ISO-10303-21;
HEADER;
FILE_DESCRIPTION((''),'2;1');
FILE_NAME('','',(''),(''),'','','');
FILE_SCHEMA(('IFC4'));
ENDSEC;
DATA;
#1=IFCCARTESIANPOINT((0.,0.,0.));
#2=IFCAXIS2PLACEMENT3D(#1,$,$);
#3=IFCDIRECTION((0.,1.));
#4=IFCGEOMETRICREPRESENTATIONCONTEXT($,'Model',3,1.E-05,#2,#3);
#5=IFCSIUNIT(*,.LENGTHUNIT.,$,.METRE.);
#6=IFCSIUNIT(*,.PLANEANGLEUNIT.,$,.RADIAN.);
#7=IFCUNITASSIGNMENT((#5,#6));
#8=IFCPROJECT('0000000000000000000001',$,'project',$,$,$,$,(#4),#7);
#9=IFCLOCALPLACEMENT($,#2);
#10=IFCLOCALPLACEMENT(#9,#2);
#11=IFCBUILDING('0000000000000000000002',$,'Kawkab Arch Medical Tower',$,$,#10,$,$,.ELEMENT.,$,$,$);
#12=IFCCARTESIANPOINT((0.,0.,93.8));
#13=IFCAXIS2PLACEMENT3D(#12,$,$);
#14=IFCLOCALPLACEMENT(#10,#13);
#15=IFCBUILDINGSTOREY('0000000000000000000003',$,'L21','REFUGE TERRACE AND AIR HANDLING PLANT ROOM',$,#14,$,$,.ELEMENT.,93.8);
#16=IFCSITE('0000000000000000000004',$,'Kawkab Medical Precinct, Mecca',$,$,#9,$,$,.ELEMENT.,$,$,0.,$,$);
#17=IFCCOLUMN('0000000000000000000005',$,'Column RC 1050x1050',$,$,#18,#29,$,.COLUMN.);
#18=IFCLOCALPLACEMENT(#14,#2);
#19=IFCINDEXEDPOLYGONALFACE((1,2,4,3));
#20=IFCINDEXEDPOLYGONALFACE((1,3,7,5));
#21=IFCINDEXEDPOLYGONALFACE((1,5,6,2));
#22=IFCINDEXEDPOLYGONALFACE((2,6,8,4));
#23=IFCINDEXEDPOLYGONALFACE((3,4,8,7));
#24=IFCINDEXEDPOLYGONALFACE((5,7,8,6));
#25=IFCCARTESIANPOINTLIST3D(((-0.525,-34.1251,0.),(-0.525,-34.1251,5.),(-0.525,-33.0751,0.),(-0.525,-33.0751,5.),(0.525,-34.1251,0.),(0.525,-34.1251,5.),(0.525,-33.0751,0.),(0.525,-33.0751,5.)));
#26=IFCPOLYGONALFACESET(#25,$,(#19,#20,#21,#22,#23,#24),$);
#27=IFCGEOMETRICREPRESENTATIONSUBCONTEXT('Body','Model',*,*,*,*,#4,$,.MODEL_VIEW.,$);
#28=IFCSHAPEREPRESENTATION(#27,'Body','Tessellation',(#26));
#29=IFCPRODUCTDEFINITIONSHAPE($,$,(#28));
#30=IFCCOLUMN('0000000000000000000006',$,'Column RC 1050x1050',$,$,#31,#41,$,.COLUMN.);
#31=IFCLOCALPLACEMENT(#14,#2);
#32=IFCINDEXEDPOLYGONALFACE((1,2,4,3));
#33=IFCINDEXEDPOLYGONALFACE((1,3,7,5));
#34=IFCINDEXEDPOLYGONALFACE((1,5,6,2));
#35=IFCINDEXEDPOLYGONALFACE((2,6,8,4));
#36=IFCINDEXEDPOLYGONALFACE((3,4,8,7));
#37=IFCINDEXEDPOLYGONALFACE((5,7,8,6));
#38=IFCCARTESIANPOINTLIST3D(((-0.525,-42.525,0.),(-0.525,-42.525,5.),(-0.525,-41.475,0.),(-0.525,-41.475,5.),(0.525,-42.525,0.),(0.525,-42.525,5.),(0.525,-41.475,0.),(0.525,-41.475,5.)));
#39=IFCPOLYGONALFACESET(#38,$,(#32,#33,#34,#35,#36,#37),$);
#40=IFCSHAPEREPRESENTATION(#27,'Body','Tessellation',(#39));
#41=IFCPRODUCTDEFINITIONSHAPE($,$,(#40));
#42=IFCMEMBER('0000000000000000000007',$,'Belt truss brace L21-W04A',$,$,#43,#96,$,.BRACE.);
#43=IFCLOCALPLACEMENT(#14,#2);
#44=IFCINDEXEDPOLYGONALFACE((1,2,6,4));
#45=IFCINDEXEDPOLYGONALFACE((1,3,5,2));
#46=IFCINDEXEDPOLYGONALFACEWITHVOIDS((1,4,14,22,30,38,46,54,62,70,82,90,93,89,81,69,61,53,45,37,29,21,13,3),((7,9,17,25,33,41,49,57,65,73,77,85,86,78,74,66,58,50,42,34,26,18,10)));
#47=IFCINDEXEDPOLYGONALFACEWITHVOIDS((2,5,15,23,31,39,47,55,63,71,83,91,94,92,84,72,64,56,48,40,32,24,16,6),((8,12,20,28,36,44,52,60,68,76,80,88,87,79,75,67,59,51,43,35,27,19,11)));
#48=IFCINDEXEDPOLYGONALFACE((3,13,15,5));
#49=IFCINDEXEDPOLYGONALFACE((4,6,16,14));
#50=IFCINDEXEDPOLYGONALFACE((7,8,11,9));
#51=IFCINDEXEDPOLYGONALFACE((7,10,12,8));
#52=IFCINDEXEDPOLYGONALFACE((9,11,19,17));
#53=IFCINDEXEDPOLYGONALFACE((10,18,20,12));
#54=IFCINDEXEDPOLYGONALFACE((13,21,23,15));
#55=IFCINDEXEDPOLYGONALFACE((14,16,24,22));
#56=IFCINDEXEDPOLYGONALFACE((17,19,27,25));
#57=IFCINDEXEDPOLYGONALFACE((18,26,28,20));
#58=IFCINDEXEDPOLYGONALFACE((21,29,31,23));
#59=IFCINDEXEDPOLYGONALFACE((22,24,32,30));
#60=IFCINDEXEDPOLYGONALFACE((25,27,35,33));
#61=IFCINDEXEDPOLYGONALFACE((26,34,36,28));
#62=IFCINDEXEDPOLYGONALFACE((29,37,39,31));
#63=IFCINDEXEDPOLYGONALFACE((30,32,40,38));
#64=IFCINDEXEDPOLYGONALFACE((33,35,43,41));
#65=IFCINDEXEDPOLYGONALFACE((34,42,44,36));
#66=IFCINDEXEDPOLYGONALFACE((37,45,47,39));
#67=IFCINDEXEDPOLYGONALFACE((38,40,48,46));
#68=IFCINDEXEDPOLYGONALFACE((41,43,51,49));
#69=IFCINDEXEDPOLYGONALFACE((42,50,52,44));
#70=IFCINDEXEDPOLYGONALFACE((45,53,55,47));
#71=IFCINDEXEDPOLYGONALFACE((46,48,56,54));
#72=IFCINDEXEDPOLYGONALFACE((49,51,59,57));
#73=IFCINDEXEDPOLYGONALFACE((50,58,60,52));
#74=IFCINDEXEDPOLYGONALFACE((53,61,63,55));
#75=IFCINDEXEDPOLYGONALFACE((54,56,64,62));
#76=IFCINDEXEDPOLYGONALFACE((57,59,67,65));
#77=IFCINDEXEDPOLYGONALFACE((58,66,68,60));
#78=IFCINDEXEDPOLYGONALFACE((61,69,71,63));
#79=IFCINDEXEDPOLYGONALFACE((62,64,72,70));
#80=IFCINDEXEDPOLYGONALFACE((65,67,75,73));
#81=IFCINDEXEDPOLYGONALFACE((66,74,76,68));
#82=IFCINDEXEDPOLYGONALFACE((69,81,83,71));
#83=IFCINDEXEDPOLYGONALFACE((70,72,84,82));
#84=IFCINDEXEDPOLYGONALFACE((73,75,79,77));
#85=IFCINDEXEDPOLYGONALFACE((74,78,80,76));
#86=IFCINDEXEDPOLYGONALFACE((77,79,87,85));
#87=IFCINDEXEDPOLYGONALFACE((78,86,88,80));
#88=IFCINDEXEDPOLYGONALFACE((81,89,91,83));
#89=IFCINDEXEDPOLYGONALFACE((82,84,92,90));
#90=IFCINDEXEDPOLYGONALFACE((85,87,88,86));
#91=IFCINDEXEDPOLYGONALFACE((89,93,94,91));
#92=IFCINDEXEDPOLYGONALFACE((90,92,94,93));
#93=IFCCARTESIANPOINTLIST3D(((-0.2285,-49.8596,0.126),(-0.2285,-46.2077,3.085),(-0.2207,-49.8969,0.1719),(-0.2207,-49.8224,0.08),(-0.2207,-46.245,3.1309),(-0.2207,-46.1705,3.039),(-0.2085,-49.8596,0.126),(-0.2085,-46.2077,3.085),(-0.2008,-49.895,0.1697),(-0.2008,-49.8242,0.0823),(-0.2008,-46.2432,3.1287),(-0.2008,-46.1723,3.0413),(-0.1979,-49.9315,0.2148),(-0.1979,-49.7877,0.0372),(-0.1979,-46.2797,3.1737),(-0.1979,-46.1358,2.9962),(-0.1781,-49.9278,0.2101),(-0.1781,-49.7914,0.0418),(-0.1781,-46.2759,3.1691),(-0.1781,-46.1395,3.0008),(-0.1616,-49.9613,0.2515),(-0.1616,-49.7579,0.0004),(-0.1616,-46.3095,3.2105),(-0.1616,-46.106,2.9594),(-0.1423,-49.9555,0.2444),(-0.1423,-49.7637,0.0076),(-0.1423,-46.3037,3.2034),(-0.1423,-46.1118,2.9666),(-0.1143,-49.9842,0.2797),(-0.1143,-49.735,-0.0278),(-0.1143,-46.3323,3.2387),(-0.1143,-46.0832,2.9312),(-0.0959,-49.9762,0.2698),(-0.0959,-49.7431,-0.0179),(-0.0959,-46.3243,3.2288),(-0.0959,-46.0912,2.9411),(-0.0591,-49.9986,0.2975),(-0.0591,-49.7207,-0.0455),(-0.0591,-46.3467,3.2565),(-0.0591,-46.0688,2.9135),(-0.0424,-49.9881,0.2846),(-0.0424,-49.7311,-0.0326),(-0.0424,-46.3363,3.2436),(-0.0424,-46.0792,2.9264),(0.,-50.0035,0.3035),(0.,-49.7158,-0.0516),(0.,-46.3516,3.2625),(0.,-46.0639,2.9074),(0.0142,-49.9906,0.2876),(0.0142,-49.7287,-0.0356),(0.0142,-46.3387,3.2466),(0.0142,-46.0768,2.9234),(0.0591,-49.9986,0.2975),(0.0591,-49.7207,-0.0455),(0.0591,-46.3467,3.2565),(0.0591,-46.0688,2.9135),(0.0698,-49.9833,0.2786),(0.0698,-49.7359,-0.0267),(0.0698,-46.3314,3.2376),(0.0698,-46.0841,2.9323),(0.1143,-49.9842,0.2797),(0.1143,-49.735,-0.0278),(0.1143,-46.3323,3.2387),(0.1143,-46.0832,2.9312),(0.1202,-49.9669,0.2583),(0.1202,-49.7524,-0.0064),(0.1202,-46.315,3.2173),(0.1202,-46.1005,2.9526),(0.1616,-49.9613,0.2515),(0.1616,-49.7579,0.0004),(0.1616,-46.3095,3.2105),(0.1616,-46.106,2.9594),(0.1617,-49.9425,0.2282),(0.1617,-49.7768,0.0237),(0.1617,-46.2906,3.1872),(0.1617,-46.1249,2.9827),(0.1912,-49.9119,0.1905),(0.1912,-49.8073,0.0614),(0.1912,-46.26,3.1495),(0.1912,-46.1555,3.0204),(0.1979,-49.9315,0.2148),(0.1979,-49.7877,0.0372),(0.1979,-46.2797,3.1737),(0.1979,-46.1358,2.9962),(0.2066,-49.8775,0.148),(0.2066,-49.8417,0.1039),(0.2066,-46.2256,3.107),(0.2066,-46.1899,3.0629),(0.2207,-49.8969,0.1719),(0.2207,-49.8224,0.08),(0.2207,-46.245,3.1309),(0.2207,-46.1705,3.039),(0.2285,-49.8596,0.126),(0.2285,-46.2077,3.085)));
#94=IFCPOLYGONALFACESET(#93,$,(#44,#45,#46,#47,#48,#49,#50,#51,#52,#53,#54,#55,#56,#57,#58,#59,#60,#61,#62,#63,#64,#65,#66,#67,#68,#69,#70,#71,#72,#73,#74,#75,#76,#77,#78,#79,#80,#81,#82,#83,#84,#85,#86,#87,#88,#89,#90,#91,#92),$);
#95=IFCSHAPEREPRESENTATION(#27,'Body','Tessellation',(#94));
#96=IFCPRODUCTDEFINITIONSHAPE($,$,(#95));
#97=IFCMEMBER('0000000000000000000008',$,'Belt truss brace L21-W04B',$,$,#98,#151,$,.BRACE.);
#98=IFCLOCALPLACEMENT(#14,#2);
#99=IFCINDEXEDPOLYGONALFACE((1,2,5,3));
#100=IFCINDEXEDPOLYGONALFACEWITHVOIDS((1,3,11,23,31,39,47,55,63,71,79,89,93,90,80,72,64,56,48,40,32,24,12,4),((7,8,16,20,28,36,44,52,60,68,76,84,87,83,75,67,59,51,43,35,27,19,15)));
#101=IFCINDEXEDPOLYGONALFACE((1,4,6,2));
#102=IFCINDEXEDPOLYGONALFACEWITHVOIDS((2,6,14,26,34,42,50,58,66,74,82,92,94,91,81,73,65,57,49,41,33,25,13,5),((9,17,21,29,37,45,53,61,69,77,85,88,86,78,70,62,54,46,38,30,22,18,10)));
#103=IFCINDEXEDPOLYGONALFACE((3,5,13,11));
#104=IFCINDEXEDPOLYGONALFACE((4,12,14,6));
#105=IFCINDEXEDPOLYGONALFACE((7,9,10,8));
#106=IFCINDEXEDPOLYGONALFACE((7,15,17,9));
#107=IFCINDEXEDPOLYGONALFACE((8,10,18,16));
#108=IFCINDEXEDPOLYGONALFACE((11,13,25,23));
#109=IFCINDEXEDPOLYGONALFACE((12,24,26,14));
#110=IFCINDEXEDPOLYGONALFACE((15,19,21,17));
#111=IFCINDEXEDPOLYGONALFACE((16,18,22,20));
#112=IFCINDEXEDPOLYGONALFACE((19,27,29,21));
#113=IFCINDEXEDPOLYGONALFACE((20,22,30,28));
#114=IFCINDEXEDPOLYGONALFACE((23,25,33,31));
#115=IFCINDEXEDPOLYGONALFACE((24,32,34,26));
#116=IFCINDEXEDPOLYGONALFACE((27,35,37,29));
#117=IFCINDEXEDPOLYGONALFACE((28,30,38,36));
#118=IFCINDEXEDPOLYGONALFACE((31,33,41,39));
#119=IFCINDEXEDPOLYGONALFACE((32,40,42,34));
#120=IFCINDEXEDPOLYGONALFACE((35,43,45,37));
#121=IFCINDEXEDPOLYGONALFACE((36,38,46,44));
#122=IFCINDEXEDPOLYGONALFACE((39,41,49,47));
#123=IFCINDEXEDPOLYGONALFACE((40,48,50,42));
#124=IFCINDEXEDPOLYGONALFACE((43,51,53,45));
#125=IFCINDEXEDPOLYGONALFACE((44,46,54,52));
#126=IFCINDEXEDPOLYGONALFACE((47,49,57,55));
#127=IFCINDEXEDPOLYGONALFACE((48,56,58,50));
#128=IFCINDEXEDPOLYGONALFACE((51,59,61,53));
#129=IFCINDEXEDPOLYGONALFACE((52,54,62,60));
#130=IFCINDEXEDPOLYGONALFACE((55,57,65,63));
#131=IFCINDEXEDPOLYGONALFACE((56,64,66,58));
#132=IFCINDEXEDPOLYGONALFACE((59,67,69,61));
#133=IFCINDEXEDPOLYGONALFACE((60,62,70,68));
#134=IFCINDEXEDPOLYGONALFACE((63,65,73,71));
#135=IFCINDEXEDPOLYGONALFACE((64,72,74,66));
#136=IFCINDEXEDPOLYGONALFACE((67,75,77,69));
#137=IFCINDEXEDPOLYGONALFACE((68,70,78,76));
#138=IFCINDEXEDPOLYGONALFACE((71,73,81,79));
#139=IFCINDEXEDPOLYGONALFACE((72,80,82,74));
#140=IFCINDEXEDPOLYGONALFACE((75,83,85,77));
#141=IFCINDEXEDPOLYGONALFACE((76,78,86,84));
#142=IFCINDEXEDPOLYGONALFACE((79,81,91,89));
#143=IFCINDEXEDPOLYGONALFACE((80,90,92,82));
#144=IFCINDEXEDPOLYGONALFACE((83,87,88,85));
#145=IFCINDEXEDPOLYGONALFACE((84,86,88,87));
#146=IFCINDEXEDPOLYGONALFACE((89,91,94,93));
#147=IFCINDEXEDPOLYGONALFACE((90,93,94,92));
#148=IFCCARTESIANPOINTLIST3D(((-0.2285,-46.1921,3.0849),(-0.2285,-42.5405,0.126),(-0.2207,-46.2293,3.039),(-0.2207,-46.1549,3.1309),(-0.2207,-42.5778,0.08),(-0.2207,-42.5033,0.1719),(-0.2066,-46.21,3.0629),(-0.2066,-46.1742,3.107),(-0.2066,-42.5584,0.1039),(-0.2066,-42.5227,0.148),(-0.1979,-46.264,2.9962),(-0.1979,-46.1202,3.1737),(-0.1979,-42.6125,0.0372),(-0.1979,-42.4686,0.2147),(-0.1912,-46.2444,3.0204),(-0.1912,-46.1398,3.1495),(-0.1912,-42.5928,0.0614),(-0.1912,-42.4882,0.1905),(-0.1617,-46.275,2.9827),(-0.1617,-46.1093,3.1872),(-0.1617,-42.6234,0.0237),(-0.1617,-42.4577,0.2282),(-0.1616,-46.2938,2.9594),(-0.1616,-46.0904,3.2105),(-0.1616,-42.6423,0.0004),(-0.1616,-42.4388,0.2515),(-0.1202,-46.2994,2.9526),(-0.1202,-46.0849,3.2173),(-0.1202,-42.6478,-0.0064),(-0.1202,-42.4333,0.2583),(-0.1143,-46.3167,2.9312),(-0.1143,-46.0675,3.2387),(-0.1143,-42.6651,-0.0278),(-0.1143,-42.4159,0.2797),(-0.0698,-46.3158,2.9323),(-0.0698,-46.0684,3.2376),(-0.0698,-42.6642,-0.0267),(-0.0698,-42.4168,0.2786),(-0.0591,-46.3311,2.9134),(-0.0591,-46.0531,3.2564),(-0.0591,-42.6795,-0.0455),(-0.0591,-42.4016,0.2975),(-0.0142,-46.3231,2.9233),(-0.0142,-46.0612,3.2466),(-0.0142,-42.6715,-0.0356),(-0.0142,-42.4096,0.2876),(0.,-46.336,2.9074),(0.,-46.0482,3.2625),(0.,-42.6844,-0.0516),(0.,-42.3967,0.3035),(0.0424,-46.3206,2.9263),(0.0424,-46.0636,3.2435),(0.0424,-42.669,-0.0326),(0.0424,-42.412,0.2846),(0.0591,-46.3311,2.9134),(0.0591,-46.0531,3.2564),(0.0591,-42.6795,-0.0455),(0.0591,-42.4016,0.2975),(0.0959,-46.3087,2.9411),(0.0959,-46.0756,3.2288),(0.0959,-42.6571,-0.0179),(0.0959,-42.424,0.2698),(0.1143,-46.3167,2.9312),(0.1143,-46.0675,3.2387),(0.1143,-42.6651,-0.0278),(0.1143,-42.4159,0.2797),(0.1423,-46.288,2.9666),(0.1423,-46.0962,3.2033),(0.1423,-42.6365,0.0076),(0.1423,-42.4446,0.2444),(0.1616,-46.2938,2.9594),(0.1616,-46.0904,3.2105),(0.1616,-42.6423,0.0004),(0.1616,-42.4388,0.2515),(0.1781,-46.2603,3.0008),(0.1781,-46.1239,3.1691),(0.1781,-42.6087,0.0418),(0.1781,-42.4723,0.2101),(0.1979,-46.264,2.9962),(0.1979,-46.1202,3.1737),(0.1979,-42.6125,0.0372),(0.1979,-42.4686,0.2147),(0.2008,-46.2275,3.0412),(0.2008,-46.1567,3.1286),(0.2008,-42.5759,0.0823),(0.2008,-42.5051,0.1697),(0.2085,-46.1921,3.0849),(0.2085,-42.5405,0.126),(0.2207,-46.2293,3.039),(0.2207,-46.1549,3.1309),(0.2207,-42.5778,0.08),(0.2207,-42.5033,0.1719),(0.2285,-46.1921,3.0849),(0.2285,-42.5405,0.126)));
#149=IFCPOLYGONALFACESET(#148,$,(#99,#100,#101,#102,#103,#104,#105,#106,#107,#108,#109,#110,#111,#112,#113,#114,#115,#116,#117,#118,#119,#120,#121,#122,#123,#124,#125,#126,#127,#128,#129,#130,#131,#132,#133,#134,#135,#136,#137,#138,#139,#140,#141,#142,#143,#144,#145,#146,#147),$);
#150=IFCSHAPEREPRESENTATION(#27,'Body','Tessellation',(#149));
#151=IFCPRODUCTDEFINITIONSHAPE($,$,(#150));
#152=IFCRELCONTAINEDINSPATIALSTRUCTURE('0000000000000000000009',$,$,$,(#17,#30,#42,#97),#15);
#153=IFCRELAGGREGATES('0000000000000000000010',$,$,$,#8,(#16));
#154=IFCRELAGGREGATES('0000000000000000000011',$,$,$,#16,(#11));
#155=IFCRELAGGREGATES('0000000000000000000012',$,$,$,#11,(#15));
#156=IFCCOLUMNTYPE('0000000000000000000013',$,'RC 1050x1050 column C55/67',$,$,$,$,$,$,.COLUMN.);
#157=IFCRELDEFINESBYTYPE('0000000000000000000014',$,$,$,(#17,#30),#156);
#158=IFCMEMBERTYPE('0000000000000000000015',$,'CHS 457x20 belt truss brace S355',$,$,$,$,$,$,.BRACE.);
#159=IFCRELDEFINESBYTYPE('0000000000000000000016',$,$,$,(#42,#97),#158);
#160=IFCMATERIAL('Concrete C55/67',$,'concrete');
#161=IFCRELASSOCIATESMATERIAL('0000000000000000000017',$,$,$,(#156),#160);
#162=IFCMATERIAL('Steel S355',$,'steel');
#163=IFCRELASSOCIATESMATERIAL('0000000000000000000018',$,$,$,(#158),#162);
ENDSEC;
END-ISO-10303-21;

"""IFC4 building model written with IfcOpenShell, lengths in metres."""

from ifc_helpers import new_model, si_unit, direction, frame, origin, origin_2d, place, context, subcontext, project, spatial, rectangle, hollow_circle, extrude, material, material_profile, profile_set, type_object, element, save


model = new_model("IFC4")

# Units and contexts
model_context = context("Model", 3, precision=1e-05, world=origin(), true_north=direction((0.0, 1.0)))
body_context = subcontext(model_context, "Body", "Model", "MODEL_VIEW")
ifc_project = project(units=[si_unit("LENGTHUNIT", "METRE"), si_unit("PLANEANGLEUNIT", "RADIAN")], contexts=[model_context])

# Site, building, storey
site_placement = place(None, origin())
site = spatial("IfcSite", under=ifc_project, at=site_placement, Name="Kawkab Medical Precinct, Mecca", CompositionType="ELEMENT", RefElevation=0.0)
building_placement = place(site_placement, origin())
building = spatial("IfcBuilding", under=site, at=building_placement, Name="Kawkab Arch Medical Tower", CompositionType="ELEMENT")
storey_placement = place(building_placement, frame((0.0, 0.0, 93.8)))
storey = spatial("IfcBuildingStorey", under=building, at=storey_placement, Name="L21", Description="REFUGE TERRACE AND AIR HANDLING PLANT ROOM", CompositionType="ELEMENT", Elevation=93.8)

# Columns
ifc_material_1 = material(Name="Concrete C55/67", Category="concrete")
ifc_material_profile_1 = material_profile(ifc_material_1, rectangle(XDim=1.05, YDim=1.05, at=origin_2d()), Name="RC 1050x1050")
ifc_profile_set_1 = profile_set([ifc_material_profile_1], Name="Concrete C55/67")
column_type = type_object("IfcColumnType", Name="RC 1050x1050 column C55/67", PredefinedType="COLUMN", material=ifc_profile_set_1)
for number, where, z_axis, x_axis, name in (
    (1, (0.0, -33.6001, 0.0), (0.0, 0.0, 1.0), (1.0, 0.0, 0.0), "Column RC 1050x1050"),
    (2, (0.0, -42.0, 0.0), (0.0, 0.0, 1.0), (1.0, 0.0, 0.0), "Column RC 1050x1050"),
):
    element("IfcColumn", number, at=place(storey_placement, frame(where, z_axis=z_axis, x_axis=x_axis)), inside=storey, type_object=column_type, Name=name, PredefinedType="COLUMN", context=body_context, shape_type="SweptSolid", body=[
        extrude(rectangle(XDim=1.05, YDim=1.05, at=origin_2d()), origin(), (0.0, 0.0, 1.0), 5.0),
    ])

# Members
ifc_material_2 = material(Name="Steel S355", Category="steel")
ifc_material_profile_2 = material_profile(ifc_material_2, hollow_circle(Radius=0.2285, WallThickness=0.02, at=origin_2d()), Name="CHS 457x20")
ifc_profile_set_2 = profile_set([ifc_material_profile_2], Name="Steel S355")
member_type_1 = type_object("IfcMemberType", Name="CHS 457x20 belt truss brace S355", PredefinedType="BRACE", material=ifc_profile_set_2)
member_1_placement = place(storey_placement, frame((0.0, -49.8596, 0.126), z_axis=(0.0, 0.776962, 0.629548), x_axis=(-1.0, 0.0, 0.0)))
element("IfcMember", 3, at=member_1_placement, inside=storey, type_object=member_type_1, Name="Belt truss brace L21-W04A", PredefinedType="BRACE", context=body_context, shape_type="SweptSolid", body=[
    extrude(hollow_circle(Radius=0.2285, WallThickness=0.02, at=origin_2d()), origin(), (0.0, 0.0, 1.0), 4.7002),
])
member_2_placement = place(storey_placement, frame((0.0, -42.5405, 0.126), z_axis=(0.0, -0.776941, 0.629573), x_axis=(1.0, 0.0, 0.0)))
element("IfcMember", 4, at=member_2_placement, inside=storey, type_object=member_type_1, Name="Belt truss brace L21-W04B", PredefinedType="BRACE", context=body_context, shape_type="SweptSolid", body=[
    extrude(hollow_circle(Radius=0.2285, WallThickness=0.02, at=origin_2d()), origin(), (0.0, 0.0, 1.0), 4.7),
])

save(model, "model.ifc")
